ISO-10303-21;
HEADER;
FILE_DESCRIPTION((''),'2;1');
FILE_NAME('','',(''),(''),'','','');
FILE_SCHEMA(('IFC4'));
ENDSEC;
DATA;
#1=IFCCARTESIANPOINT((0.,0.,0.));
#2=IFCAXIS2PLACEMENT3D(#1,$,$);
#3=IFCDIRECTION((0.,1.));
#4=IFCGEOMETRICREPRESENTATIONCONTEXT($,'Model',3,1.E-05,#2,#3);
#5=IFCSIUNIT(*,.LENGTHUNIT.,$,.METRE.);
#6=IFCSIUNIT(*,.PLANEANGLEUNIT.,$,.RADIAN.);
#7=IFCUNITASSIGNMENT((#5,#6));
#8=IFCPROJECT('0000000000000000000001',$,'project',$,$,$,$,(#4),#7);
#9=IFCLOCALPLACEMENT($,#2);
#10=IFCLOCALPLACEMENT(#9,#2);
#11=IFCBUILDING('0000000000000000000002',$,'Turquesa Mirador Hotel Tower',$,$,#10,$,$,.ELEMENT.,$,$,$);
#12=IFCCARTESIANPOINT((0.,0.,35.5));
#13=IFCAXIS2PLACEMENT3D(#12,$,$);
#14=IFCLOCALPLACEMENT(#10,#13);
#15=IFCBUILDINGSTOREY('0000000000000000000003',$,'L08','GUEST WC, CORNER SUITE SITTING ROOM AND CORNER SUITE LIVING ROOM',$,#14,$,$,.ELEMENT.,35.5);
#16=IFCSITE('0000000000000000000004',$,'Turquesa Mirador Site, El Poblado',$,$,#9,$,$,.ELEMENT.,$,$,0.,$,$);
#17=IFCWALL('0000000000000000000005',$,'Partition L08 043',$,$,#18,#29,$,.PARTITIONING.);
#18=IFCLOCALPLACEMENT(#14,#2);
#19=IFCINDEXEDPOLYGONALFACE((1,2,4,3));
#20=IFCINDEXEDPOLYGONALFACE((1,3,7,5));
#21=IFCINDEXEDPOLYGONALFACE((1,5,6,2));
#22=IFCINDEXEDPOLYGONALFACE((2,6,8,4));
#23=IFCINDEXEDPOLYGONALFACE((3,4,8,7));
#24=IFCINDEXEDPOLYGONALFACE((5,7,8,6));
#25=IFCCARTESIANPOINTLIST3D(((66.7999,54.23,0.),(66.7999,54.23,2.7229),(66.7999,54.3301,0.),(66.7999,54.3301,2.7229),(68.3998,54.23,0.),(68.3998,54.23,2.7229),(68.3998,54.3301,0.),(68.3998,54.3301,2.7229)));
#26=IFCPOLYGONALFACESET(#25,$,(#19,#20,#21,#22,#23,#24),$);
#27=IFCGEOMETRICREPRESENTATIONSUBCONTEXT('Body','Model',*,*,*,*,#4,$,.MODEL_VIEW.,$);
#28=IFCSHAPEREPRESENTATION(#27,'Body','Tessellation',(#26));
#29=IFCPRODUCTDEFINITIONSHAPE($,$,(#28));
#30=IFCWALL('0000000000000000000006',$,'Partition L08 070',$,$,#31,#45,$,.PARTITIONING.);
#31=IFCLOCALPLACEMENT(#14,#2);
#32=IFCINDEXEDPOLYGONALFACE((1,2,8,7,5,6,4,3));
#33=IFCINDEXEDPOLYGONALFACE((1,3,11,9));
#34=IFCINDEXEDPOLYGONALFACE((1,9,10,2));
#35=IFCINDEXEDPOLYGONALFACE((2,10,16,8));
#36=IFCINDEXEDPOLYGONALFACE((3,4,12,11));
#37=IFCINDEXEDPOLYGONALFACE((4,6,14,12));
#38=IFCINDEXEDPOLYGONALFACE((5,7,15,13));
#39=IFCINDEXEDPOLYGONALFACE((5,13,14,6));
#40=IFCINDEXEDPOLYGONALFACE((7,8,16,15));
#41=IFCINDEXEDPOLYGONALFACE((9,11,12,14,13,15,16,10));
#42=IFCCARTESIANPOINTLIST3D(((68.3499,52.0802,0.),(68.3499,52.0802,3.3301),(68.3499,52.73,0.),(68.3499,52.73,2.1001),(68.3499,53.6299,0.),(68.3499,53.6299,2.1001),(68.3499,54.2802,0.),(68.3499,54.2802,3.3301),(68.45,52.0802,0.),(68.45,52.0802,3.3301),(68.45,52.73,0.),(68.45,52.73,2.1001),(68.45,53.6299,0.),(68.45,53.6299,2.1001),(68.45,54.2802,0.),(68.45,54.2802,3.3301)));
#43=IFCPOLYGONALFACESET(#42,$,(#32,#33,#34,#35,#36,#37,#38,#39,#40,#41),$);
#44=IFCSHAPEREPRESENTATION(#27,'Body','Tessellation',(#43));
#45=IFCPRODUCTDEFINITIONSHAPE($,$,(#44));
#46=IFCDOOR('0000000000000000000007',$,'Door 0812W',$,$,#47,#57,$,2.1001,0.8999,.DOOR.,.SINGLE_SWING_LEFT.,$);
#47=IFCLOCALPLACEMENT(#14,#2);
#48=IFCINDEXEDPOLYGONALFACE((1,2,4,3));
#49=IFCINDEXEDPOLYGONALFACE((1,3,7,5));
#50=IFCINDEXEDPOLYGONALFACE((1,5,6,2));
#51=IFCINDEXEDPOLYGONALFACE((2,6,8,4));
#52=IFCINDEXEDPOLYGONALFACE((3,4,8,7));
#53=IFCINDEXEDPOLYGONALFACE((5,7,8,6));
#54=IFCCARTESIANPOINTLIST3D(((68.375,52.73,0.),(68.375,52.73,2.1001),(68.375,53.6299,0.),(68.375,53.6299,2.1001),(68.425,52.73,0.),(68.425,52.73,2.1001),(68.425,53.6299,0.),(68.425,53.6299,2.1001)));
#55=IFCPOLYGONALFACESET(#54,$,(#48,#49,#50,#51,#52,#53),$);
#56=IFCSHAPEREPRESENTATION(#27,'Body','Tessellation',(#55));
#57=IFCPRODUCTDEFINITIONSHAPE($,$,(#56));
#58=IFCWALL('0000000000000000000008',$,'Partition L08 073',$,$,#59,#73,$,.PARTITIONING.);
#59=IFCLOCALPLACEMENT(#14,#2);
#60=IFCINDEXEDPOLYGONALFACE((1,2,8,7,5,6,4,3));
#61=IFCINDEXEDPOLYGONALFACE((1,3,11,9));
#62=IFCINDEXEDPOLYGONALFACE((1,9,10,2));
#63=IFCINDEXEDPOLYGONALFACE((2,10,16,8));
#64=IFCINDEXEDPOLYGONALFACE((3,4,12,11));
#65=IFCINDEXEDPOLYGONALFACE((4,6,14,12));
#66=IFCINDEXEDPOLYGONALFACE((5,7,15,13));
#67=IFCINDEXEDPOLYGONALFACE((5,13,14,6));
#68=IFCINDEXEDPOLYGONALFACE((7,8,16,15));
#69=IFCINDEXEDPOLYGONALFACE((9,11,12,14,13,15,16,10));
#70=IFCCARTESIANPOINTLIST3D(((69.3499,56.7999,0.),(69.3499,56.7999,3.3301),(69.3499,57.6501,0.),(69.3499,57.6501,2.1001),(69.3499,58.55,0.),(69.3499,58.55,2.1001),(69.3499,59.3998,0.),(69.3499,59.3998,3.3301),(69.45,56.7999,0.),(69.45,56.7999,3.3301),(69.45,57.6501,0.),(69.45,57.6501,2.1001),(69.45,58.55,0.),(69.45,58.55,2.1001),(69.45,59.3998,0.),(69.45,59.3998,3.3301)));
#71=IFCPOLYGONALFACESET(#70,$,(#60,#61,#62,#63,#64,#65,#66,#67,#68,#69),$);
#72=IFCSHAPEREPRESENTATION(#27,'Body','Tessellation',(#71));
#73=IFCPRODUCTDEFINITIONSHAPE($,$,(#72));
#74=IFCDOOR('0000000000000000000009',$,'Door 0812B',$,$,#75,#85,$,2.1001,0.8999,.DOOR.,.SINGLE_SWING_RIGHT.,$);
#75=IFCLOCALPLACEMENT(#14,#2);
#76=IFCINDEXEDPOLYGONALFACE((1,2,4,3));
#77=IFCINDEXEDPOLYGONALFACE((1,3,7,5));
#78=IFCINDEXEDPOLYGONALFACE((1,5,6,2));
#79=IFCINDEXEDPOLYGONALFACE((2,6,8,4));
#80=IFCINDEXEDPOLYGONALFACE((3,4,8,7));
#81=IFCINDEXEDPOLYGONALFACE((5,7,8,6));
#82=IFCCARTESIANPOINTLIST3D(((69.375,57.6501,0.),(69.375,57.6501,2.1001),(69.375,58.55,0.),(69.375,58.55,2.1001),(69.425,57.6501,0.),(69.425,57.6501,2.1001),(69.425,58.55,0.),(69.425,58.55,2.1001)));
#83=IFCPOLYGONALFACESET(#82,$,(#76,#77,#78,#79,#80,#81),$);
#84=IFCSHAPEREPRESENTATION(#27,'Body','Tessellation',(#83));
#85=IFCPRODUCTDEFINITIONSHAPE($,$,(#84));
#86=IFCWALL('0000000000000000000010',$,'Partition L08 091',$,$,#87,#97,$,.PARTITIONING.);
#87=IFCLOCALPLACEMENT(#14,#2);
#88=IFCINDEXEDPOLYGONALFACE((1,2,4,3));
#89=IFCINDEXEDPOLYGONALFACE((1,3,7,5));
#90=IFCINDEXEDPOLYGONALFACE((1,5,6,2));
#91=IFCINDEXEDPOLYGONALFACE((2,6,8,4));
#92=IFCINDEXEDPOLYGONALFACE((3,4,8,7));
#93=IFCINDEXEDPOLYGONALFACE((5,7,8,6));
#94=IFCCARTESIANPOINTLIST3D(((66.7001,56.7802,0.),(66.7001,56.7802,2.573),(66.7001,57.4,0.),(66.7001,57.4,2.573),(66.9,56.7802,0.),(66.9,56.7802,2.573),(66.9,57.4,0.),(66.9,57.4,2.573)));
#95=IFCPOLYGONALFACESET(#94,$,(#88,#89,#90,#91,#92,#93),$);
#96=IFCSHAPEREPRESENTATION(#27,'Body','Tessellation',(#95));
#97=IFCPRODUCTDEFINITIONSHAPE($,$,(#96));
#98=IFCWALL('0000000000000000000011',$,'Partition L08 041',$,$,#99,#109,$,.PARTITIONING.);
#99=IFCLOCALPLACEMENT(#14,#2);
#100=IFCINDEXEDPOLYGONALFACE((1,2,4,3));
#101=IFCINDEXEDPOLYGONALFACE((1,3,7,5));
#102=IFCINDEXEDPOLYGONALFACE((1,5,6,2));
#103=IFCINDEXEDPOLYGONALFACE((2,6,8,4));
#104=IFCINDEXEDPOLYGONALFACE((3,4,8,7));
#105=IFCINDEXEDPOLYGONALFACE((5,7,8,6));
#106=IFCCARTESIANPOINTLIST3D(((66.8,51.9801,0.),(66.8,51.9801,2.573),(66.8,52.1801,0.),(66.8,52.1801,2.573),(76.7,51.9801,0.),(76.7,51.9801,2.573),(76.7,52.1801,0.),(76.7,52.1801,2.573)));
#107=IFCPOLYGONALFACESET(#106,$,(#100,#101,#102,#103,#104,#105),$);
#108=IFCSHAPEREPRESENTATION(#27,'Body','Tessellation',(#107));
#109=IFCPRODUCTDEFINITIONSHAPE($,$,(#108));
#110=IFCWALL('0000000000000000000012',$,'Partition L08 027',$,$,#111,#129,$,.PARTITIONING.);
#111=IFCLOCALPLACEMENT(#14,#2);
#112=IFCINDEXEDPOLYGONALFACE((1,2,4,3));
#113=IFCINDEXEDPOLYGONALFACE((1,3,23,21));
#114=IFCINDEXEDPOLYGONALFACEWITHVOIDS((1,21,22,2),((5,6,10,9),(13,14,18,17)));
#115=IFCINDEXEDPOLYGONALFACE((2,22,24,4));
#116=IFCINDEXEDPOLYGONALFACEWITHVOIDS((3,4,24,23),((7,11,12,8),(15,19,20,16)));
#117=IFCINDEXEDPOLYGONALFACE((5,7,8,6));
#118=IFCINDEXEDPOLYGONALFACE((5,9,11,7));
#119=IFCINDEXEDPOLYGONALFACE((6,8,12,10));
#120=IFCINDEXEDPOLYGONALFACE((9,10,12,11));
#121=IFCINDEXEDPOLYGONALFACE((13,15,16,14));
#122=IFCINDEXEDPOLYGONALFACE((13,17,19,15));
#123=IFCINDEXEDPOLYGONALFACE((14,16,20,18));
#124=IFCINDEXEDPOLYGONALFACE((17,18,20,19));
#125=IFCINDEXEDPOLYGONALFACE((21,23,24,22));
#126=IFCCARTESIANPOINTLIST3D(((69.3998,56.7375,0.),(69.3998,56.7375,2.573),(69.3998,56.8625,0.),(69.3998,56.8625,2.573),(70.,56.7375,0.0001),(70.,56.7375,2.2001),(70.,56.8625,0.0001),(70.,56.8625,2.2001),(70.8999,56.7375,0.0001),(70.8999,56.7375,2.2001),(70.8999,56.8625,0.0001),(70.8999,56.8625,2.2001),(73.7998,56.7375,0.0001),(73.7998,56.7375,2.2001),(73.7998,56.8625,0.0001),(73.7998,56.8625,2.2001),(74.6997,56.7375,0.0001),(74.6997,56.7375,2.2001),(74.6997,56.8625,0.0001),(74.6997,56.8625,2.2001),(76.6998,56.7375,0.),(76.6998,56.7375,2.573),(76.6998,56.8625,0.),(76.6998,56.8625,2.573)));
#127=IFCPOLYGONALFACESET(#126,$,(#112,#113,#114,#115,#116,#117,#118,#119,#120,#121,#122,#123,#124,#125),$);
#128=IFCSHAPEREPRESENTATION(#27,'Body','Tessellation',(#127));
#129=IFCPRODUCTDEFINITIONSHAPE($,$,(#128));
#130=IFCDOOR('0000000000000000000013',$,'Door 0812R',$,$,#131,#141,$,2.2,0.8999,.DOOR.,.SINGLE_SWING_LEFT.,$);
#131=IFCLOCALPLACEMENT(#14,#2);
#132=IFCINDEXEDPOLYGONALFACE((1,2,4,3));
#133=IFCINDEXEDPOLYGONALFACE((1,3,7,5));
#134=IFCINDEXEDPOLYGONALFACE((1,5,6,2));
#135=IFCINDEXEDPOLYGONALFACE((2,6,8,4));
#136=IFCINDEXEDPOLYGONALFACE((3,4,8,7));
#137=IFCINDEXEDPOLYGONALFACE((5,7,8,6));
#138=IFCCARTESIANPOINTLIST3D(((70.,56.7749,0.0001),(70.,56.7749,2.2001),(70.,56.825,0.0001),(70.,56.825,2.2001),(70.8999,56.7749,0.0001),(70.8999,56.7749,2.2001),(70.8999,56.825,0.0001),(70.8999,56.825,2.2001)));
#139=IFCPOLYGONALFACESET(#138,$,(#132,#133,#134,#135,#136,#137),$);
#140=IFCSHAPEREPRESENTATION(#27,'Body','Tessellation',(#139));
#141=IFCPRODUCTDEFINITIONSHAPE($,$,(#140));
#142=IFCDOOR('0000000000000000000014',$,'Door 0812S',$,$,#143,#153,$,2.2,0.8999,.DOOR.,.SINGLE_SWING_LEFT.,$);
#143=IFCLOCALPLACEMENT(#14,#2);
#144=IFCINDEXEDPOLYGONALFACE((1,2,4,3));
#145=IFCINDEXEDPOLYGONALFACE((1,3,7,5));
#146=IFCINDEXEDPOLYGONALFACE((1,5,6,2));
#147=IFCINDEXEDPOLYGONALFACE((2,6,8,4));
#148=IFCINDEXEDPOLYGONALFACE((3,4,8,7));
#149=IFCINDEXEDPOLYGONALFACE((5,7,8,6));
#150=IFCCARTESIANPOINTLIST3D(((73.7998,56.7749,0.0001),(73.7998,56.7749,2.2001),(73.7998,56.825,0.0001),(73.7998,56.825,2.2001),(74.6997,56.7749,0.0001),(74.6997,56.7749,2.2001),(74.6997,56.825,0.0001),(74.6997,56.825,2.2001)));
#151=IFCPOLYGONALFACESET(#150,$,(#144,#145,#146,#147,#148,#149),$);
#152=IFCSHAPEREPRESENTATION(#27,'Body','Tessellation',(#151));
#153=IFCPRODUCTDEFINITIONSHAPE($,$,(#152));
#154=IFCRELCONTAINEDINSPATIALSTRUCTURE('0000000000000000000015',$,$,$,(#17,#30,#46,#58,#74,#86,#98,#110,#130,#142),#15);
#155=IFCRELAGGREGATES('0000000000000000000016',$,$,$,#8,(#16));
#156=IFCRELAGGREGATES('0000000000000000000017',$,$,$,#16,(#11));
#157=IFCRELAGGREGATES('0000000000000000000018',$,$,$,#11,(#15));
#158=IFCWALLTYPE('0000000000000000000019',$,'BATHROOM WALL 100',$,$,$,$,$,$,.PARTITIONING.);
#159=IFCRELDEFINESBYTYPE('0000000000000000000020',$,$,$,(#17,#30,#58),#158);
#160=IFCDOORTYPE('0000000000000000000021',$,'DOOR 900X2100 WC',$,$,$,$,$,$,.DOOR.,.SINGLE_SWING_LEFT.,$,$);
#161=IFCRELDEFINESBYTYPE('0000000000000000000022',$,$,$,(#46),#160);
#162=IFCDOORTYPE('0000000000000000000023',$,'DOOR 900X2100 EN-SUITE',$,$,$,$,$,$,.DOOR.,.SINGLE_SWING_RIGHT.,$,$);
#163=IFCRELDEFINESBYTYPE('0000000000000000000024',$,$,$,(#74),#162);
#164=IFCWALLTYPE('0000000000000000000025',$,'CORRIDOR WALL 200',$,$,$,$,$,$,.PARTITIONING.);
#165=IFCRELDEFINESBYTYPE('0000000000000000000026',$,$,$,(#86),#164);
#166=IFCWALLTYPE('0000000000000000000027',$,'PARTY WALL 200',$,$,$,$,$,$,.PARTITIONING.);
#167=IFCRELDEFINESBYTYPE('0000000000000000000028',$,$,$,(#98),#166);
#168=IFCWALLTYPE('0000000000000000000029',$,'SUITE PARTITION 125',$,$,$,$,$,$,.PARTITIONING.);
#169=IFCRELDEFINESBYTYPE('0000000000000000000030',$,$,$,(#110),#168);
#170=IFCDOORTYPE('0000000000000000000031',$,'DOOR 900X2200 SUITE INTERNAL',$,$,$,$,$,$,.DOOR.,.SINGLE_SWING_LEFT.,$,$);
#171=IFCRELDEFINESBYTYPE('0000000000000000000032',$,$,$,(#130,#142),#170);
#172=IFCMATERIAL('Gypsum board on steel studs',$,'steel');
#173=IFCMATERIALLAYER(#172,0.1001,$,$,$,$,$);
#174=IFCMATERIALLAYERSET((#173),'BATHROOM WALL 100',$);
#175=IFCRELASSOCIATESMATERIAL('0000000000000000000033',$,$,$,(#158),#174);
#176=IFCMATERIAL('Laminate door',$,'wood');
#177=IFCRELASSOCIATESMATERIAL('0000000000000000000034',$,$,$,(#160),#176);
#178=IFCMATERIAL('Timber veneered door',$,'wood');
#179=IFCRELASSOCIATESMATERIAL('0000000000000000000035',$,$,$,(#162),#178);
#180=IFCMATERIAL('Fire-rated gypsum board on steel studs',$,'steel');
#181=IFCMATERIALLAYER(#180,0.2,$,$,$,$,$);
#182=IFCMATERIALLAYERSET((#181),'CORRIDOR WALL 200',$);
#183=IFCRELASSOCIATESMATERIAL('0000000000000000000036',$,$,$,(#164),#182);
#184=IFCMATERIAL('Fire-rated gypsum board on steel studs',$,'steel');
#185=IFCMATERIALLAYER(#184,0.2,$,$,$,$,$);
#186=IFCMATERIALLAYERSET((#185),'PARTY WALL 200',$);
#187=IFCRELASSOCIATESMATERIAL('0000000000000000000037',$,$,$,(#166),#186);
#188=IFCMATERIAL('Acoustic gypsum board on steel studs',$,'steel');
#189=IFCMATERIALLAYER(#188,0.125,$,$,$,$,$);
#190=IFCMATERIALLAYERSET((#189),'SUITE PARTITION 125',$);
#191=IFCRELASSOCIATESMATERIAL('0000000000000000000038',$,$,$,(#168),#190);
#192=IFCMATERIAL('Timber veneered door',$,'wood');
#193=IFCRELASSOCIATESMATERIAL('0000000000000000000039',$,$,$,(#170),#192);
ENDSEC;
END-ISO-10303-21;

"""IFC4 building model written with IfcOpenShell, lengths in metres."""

from ifc_helpers import new_model, si_unit, direction, frame, frame_2d, origin, place, context, subcontext, project, spatial, rectangle, extrude, material, layer, layer_set, type_object, element, fill, save


model = new_model("IFC4")

# Units and contexts
model_context = context("Model", 3, precision=1e-05, world=origin(), true_north=direction((0.0, 1.0)))
body_context = subcontext(model_context, "Body", "Model", "MODEL_VIEW")
ifc_project = project(units=[si_unit("LENGTHUNIT", "METRE"), si_unit("PLANEANGLEUNIT", "RADIAN")], contexts=[model_context])

# Site, building, storey
site_placement = place(None, origin())
site = spatial("IfcSite", under=ifc_project, at=site_placement, Name="Turquesa Mirador Site, El Poblado", CompositionType="ELEMENT", RefElevation=0.0)
building_placement = place(site_placement, origin())
building = spatial("IfcBuilding", under=site, at=building_placement, Name="Turquesa Mirador Hotel Tower", CompositionType="ELEMENT")
storey_placement = place(building_placement, frame((0.0, 0.0, 35.5)))
storey = spatial("IfcBuildingStorey", under=building, at=storey_placement, Name="L08", Description="GUEST WC, CORNER SUITE SITTING ROOM AND CORNER SUITE LIVING ROOM", CompositionType="ELEMENT", Elevation=35.5)

# Wall
ifc_material_1 = material(Name="Gypsum board on steel studs", Category="steel")
ifc_layer_1 = layer(ifc_material_1, 0.1001)
ifc_layer_set_1 = layer_set([ifc_layer_1], Name="BATHROOM WALL 100")
wall_type_1 = type_object("IfcWallType", Name="BATHROOM WALL 100", PredefinedType="PARTITIONING", material=ifc_layer_set_1)
wall_1_placement = place(storey_placement, frame((66.8, 54.28, 0.0), z_axis=(0.0, 0.0, 1.0), x_axis=(1.0, 0.0, 0.0)))
element("IfcWall", 1, at=wall_1_placement, inside=storey, type_object=wall_type_1, Name="Partition L08 043", PredefinedType="PARTITIONING", context=body_context, shape_type="SweptSolid", body=[
    extrude(rectangle(XDim=1.5999, YDim=0.1001, at=frame_2d((0.7998, 0.0))), origin(), (0.0, 0.0, 1.0), 2.7229),
])

# Walls, openings, doors
wall_2_placement = place(storey_placement, frame((68.3999, 52.0801, 0.0), z_axis=(0.0, 0.0, 1.0), x_axis=(0.0, 1.0, 0.0)))
wall_2 = element("IfcWall", 2, at=wall_2_placement, inside=storey, type_object=wall_type_1, Name="Partition L08 070", PredefinedType="PARTITIONING", context=body_context, shape_type="SweptSolid", body=[
    extrude(rectangle(XDim=2.2, YDim=0.1001, at=frame_2d((1.1001, 0.0))), origin(), (0.0, 0.0, 1.0), 3.3301),
])
opening_1_placement = place(wall_2_placement, frame((0.6499, 0.0, 0.0)))
opening_1 = element("IfcOpeningElement", 3, at=opening_1_placement, cuts=wall_2, PredefinedType="OPENING", context=body_context, shape_type="SweptSolid", body=[
    extrude(rectangle(XDim=0.8999, YDim=2.1001, at=frame_2d((0.45, 1.05))), frame((0.0, 0.0601, 0.0), z_axis=(0.0, -1.0, 0.0), x_axis=(1.0, 0.0, 0.0)), (0.0, 0.0, 1.0), 0.1201),
])
ifc_material_2 = material(Name="Laminate door", Category="wood")
door_type_1 = type_object("IfcDoorType", Name="DOOR 900X2100 WC", OperationType="SINGLE_SWING_LEFT", PredefinedType="DOOR", material=ifc_material_2)
door_1_placement = place(opening_1_placement, origin())
door_1 = element("IfcDoor", 4, at=door_1_placement, inside=storey, type_object=door_type_1, Name="Door 0812W", OperationType="SINGLE_SWING_LEFT", OverallHeight=2.1001, OverallWidth=0.8999, PredefinedType="DOOR", context=body_context, shape_type="SweptSolid", body=[
    extrude(rectangle(XDim=0.8999, YDim=2.1001, at=frame_2d((0.45, 1.05))), frame((0.0, 0.0249, 0.0), z_axis=(0.0, -1.0, 0.0), x_axis=(1.0, 0.0, 0.0)), (0.0, 0.0, 1.0), 0.05),
])
fill(opening_1, door_1)
wall_3_placement = place(storey_placement, frame((69.3999, 56.8, 0.0), z_axis=(0.0, 0.0, 1.0), x_axis=(0.0, 1.0, 0.0)))
wall_3 = element("IfcWall", 5, at=wall_3_placement, inside=storey, type_object=wall_type_1, Name="Partition L08 073", PredefinedType="PARTITIONING", context=body_context, shape_type="SweptSolid", body=[
    extrude(rectangle(XDim=2.5999, YDim=0.1001, at=frame_2d((1.2998, 0.0))), origin(), (0.0, 0.0, 1.0), 3.3301),
])
opening_2_placement = place(wall_3_placement, frame((0.8501, 0.0, 0.0)))
opening_2 = element("IfcOpeningElement", 6, at=opening_2_placement, cuts=wall_3, PredefinedType="OPENING", context=body_context, shape_type="SweptSolid", body=[
    extrude(rectangle(XDim=0.8999, YDim=2.1001, at=frame_2d((0.45, 1.05))), frame((0.0, 0.0601, 0.0), z_axis=(0.0, -1.0, 0.0), x_axis=(1.0, 0.0, 0.0)), (0.0, 0.0, 1.0), 0.1201),
])
ifc_material_3 = material(Name="Timber veneered door", Category="wood")
door_type_2 = type_object("IfcDoorType", Name="DOOR 900X2100 EN-SUITE", OperationType="SINGLE_SWING_RIGHT", PredefinedType="DOOR", material=ifc_material_3)
door_2_placement = place(opening_2_placement, origin())
door_2 = element("IfcDoor", 7, at=door_2_placement, inside=storey, type_object=door_type_2, Name="Door 0812B", OperationType="SINGLE_SWING_RIGHT", OverallHeight=2.1001, OverallWidth=0.8999, PredefinedType="DOOR", context=body_context, shape_type="SweptSolid", body=[
    extrude(rectangle(XDim=0.8999, YDim=2.1001, at=frame_2d((0.45, 1.05))), frame((0.0, 0.0249, 0.0), z_axis=(0.0, -1.0, 0.0), x_axis=(1.0, 0.0, 0.0)), (0.0, 0.0, 1.0), 0.05),
])
fill(opening_2, door_2)

# Walls
ifc_material_4 = material(Name="Fire-rated gypsum board on steel studs", Category="steel")
ifc_layer_2 = layer(ifc_material_4, 0.2)
ifc_layer_set_2 = layer_set([ifc_layer_2], Name="CORRIDOR WALL 200")
wall_type_2 = type_object("IfcWallType", Name="CORRIDOR WALL 200", PredefinedType="PARTITIONING", material=ifc_layer_set_2)
wall_4_placement = place(storey_placement, frame((66.8, 56.78, 0.0), z_axis=(0.0, 0.0, 1.0), x_axis=(0.0, 1.0, 0.0)))
element("IfcWall", 8, at=wall_4_placement, inside=storey, type_object=wall_type_2, Name="Partition L08 091", PredefinedType="PARTITIONING", context=body_context, shape_type="SweptSolid", body=[
    extrude(rectangle(XDim=0.6199, YDim=0.2, at=frame_2d((0.3101, 0.0))), origin(), (0.0, 0.0, 1.0), 2.573),
])
ifc_material_5 = material(Name="Fire-rated gypsum board on steel studs", Category="steel")
ifc_layer_3 = layer(ifc_material_5, 0.2)
ifc_layer_set_3 = layer_set([ifc_layer_3], Name="PARTY WALL 200")
wall_type_3 = type_object("IfcWallType", Name="PARTY WALL 200", PredefinedType="PARTITIONING", material=ifc_layer_set_3)
wall_5_placement = place(storey_placement, frame((66.8, 52.0801, 0.0), z_axis=(0.0, 0.0, 1.0), x_axis=(1.0, 0.0, 0.0)))
element("IfcWall", 9, at=wall_5_placement, inside=storey, type_object=wall_type_3, Name="Partition L08 041", PredefinedType="PARTITIONING", context=body_context, shape_type="SweptSolid", body=[
    extrude(rectangle(XDim=9.8999, YDim=0.2, at=frame_2d((4.95, 0.0))), origin(), (0.0, 0.0, 1.0), 2.573),
])

# Wall, openings, doors
ifc_material_6 = material(Name="Acoustic gypsum board on steel studs", Category="steel")
ifc_layer_4 = layer(ifc_material_6, 0.125)
ifc_layer_set_4 = layer_set([ifc_layer_4], Name="SUITE PARTITION 125")
wall_type_4 = type_object("IfcWallType", Name="SUITE PARTITION 125", PredefinedType="PARTITIONING", material=ifc_layer_set_4)
wall_6_placement = place(storey_placement, frame((69.3999, 56.8, 0.0), z_axis=(0.0, 0.0, 1.0), x_axis=(1.0, 0.0, 0.0)))
wall_6 = element("IfcWall", 10, at=wall_6_placement, inside=storey, type_object=wall_type_4, Name="Partition L08 027", PredefinedType="PARTITIONING", context=body_context, shape_type="SweptSolid", body=[
    extrude(rectangle(XDim=7.3, YDim=0.125, at=frame_2d((3.6499, 0.0))), origin(), (0.0, 0.0, 1.0), 2.573),
])
opening_3_placement = place(wall_6_placement, frame((0.6001, 0.0, 0.0)))
opening_3 = element("IfcOpeningElement", 11, at=opening_3_placement, cuts=wall_6, PredefinedType="OPENING", context=body_context, shape_type="SweptSolid", body=[
    extrude(rectangle(XDim=0.8999, YDim=2.2, at=frame_2d((0.45, 1.1001))), frame((0.0, 0.0725, 0.0), z_axis=(0.0, -1.0, 0.0), x_axis=(1.0, 0.0, 0.0)), (0.0, 0.0, 1.0), 0.145),
])
opening_4_placement = place(wall_6_placement, frame((4.3999, 0.0, 0.0)))
opening_4 = element("IfcOpeningElement", 12, at=opening_4_placement, cuts=wall_6, PredefinedType="OPENING", context=body_context, shape_type="SweptSolid", body=[
    extrude(rectangle(XDim=0.8999, YDim=2.2, at=frame_2d((0.45, 1.1001))), frame((0.0, 0.0725, 0.0), z_axis=(0.0, -1.0, 0.0), x_axis=(1.0, 0.0, 0.0)), (0.0, 0.0, 1.0), 0.145),
])
ifc_material_7 = material(Name="Timber veneered door", Category="wood")
door_type_3 = type_object("IfcDoorType", Name="DOOR 900X2200 SUITE INTERNAL", OperationType="SINGLE_SWING_LEFT", PredefinedType="DOOR", material=ifc_material_7)
door_3_placement = place(opening_3_placement, origin())
door_3 = element("IfcDoor", 13, at=door_3_placement, inside=storey, type_object=door_type_3, Name="Door 0812R", OperationType="SINGLE_SWING_LEFT", OverallHeight=2.2, OverallWidth=0.8999, PredefinedType="DOOR", context=body_context, shape_type="SweptSolid", body=[
    extrude(rectangle(XDim=0.8999, YDim=2.2, at=frame_2d((0.45, 1.1001))), frame((0.0, 0.0249, 0.0), z_axis=(0.0, -1.0, 0.0), x_axis=(1.0, 0.0, 0.0)), (0.0, 0.0, 1.0), 0.05),
])
fill(opening_3, door_3)
door_4_placement = place(opening_4_placement, origin())
door_4 = element("IfcDoor", 14, at=door_4_placement, inside=storey, type_object=door_type_3, Name="Door 0812S", OperationType="SINGLE_SWING_LEFT", OverallHeight=2.2, OverallWidth=0.8999, PredefinedType="DOOR", context=body_context, shape_type="SweptSolid", body=[
    extrude(rectangle(XDim=0.8999, YDim=2.2, at=frame_2d((0.45, 1.1001))), frame((0.0, 0.0249, 0.0), z_axis=(0.0, -1.0, 0.0), x_axis=(1.0, 0.0, 0.0)), (0.0, 0.0, 1.0), 0.05),
])
fill(opening_4, door_4)

save(model, "model.ifc")
